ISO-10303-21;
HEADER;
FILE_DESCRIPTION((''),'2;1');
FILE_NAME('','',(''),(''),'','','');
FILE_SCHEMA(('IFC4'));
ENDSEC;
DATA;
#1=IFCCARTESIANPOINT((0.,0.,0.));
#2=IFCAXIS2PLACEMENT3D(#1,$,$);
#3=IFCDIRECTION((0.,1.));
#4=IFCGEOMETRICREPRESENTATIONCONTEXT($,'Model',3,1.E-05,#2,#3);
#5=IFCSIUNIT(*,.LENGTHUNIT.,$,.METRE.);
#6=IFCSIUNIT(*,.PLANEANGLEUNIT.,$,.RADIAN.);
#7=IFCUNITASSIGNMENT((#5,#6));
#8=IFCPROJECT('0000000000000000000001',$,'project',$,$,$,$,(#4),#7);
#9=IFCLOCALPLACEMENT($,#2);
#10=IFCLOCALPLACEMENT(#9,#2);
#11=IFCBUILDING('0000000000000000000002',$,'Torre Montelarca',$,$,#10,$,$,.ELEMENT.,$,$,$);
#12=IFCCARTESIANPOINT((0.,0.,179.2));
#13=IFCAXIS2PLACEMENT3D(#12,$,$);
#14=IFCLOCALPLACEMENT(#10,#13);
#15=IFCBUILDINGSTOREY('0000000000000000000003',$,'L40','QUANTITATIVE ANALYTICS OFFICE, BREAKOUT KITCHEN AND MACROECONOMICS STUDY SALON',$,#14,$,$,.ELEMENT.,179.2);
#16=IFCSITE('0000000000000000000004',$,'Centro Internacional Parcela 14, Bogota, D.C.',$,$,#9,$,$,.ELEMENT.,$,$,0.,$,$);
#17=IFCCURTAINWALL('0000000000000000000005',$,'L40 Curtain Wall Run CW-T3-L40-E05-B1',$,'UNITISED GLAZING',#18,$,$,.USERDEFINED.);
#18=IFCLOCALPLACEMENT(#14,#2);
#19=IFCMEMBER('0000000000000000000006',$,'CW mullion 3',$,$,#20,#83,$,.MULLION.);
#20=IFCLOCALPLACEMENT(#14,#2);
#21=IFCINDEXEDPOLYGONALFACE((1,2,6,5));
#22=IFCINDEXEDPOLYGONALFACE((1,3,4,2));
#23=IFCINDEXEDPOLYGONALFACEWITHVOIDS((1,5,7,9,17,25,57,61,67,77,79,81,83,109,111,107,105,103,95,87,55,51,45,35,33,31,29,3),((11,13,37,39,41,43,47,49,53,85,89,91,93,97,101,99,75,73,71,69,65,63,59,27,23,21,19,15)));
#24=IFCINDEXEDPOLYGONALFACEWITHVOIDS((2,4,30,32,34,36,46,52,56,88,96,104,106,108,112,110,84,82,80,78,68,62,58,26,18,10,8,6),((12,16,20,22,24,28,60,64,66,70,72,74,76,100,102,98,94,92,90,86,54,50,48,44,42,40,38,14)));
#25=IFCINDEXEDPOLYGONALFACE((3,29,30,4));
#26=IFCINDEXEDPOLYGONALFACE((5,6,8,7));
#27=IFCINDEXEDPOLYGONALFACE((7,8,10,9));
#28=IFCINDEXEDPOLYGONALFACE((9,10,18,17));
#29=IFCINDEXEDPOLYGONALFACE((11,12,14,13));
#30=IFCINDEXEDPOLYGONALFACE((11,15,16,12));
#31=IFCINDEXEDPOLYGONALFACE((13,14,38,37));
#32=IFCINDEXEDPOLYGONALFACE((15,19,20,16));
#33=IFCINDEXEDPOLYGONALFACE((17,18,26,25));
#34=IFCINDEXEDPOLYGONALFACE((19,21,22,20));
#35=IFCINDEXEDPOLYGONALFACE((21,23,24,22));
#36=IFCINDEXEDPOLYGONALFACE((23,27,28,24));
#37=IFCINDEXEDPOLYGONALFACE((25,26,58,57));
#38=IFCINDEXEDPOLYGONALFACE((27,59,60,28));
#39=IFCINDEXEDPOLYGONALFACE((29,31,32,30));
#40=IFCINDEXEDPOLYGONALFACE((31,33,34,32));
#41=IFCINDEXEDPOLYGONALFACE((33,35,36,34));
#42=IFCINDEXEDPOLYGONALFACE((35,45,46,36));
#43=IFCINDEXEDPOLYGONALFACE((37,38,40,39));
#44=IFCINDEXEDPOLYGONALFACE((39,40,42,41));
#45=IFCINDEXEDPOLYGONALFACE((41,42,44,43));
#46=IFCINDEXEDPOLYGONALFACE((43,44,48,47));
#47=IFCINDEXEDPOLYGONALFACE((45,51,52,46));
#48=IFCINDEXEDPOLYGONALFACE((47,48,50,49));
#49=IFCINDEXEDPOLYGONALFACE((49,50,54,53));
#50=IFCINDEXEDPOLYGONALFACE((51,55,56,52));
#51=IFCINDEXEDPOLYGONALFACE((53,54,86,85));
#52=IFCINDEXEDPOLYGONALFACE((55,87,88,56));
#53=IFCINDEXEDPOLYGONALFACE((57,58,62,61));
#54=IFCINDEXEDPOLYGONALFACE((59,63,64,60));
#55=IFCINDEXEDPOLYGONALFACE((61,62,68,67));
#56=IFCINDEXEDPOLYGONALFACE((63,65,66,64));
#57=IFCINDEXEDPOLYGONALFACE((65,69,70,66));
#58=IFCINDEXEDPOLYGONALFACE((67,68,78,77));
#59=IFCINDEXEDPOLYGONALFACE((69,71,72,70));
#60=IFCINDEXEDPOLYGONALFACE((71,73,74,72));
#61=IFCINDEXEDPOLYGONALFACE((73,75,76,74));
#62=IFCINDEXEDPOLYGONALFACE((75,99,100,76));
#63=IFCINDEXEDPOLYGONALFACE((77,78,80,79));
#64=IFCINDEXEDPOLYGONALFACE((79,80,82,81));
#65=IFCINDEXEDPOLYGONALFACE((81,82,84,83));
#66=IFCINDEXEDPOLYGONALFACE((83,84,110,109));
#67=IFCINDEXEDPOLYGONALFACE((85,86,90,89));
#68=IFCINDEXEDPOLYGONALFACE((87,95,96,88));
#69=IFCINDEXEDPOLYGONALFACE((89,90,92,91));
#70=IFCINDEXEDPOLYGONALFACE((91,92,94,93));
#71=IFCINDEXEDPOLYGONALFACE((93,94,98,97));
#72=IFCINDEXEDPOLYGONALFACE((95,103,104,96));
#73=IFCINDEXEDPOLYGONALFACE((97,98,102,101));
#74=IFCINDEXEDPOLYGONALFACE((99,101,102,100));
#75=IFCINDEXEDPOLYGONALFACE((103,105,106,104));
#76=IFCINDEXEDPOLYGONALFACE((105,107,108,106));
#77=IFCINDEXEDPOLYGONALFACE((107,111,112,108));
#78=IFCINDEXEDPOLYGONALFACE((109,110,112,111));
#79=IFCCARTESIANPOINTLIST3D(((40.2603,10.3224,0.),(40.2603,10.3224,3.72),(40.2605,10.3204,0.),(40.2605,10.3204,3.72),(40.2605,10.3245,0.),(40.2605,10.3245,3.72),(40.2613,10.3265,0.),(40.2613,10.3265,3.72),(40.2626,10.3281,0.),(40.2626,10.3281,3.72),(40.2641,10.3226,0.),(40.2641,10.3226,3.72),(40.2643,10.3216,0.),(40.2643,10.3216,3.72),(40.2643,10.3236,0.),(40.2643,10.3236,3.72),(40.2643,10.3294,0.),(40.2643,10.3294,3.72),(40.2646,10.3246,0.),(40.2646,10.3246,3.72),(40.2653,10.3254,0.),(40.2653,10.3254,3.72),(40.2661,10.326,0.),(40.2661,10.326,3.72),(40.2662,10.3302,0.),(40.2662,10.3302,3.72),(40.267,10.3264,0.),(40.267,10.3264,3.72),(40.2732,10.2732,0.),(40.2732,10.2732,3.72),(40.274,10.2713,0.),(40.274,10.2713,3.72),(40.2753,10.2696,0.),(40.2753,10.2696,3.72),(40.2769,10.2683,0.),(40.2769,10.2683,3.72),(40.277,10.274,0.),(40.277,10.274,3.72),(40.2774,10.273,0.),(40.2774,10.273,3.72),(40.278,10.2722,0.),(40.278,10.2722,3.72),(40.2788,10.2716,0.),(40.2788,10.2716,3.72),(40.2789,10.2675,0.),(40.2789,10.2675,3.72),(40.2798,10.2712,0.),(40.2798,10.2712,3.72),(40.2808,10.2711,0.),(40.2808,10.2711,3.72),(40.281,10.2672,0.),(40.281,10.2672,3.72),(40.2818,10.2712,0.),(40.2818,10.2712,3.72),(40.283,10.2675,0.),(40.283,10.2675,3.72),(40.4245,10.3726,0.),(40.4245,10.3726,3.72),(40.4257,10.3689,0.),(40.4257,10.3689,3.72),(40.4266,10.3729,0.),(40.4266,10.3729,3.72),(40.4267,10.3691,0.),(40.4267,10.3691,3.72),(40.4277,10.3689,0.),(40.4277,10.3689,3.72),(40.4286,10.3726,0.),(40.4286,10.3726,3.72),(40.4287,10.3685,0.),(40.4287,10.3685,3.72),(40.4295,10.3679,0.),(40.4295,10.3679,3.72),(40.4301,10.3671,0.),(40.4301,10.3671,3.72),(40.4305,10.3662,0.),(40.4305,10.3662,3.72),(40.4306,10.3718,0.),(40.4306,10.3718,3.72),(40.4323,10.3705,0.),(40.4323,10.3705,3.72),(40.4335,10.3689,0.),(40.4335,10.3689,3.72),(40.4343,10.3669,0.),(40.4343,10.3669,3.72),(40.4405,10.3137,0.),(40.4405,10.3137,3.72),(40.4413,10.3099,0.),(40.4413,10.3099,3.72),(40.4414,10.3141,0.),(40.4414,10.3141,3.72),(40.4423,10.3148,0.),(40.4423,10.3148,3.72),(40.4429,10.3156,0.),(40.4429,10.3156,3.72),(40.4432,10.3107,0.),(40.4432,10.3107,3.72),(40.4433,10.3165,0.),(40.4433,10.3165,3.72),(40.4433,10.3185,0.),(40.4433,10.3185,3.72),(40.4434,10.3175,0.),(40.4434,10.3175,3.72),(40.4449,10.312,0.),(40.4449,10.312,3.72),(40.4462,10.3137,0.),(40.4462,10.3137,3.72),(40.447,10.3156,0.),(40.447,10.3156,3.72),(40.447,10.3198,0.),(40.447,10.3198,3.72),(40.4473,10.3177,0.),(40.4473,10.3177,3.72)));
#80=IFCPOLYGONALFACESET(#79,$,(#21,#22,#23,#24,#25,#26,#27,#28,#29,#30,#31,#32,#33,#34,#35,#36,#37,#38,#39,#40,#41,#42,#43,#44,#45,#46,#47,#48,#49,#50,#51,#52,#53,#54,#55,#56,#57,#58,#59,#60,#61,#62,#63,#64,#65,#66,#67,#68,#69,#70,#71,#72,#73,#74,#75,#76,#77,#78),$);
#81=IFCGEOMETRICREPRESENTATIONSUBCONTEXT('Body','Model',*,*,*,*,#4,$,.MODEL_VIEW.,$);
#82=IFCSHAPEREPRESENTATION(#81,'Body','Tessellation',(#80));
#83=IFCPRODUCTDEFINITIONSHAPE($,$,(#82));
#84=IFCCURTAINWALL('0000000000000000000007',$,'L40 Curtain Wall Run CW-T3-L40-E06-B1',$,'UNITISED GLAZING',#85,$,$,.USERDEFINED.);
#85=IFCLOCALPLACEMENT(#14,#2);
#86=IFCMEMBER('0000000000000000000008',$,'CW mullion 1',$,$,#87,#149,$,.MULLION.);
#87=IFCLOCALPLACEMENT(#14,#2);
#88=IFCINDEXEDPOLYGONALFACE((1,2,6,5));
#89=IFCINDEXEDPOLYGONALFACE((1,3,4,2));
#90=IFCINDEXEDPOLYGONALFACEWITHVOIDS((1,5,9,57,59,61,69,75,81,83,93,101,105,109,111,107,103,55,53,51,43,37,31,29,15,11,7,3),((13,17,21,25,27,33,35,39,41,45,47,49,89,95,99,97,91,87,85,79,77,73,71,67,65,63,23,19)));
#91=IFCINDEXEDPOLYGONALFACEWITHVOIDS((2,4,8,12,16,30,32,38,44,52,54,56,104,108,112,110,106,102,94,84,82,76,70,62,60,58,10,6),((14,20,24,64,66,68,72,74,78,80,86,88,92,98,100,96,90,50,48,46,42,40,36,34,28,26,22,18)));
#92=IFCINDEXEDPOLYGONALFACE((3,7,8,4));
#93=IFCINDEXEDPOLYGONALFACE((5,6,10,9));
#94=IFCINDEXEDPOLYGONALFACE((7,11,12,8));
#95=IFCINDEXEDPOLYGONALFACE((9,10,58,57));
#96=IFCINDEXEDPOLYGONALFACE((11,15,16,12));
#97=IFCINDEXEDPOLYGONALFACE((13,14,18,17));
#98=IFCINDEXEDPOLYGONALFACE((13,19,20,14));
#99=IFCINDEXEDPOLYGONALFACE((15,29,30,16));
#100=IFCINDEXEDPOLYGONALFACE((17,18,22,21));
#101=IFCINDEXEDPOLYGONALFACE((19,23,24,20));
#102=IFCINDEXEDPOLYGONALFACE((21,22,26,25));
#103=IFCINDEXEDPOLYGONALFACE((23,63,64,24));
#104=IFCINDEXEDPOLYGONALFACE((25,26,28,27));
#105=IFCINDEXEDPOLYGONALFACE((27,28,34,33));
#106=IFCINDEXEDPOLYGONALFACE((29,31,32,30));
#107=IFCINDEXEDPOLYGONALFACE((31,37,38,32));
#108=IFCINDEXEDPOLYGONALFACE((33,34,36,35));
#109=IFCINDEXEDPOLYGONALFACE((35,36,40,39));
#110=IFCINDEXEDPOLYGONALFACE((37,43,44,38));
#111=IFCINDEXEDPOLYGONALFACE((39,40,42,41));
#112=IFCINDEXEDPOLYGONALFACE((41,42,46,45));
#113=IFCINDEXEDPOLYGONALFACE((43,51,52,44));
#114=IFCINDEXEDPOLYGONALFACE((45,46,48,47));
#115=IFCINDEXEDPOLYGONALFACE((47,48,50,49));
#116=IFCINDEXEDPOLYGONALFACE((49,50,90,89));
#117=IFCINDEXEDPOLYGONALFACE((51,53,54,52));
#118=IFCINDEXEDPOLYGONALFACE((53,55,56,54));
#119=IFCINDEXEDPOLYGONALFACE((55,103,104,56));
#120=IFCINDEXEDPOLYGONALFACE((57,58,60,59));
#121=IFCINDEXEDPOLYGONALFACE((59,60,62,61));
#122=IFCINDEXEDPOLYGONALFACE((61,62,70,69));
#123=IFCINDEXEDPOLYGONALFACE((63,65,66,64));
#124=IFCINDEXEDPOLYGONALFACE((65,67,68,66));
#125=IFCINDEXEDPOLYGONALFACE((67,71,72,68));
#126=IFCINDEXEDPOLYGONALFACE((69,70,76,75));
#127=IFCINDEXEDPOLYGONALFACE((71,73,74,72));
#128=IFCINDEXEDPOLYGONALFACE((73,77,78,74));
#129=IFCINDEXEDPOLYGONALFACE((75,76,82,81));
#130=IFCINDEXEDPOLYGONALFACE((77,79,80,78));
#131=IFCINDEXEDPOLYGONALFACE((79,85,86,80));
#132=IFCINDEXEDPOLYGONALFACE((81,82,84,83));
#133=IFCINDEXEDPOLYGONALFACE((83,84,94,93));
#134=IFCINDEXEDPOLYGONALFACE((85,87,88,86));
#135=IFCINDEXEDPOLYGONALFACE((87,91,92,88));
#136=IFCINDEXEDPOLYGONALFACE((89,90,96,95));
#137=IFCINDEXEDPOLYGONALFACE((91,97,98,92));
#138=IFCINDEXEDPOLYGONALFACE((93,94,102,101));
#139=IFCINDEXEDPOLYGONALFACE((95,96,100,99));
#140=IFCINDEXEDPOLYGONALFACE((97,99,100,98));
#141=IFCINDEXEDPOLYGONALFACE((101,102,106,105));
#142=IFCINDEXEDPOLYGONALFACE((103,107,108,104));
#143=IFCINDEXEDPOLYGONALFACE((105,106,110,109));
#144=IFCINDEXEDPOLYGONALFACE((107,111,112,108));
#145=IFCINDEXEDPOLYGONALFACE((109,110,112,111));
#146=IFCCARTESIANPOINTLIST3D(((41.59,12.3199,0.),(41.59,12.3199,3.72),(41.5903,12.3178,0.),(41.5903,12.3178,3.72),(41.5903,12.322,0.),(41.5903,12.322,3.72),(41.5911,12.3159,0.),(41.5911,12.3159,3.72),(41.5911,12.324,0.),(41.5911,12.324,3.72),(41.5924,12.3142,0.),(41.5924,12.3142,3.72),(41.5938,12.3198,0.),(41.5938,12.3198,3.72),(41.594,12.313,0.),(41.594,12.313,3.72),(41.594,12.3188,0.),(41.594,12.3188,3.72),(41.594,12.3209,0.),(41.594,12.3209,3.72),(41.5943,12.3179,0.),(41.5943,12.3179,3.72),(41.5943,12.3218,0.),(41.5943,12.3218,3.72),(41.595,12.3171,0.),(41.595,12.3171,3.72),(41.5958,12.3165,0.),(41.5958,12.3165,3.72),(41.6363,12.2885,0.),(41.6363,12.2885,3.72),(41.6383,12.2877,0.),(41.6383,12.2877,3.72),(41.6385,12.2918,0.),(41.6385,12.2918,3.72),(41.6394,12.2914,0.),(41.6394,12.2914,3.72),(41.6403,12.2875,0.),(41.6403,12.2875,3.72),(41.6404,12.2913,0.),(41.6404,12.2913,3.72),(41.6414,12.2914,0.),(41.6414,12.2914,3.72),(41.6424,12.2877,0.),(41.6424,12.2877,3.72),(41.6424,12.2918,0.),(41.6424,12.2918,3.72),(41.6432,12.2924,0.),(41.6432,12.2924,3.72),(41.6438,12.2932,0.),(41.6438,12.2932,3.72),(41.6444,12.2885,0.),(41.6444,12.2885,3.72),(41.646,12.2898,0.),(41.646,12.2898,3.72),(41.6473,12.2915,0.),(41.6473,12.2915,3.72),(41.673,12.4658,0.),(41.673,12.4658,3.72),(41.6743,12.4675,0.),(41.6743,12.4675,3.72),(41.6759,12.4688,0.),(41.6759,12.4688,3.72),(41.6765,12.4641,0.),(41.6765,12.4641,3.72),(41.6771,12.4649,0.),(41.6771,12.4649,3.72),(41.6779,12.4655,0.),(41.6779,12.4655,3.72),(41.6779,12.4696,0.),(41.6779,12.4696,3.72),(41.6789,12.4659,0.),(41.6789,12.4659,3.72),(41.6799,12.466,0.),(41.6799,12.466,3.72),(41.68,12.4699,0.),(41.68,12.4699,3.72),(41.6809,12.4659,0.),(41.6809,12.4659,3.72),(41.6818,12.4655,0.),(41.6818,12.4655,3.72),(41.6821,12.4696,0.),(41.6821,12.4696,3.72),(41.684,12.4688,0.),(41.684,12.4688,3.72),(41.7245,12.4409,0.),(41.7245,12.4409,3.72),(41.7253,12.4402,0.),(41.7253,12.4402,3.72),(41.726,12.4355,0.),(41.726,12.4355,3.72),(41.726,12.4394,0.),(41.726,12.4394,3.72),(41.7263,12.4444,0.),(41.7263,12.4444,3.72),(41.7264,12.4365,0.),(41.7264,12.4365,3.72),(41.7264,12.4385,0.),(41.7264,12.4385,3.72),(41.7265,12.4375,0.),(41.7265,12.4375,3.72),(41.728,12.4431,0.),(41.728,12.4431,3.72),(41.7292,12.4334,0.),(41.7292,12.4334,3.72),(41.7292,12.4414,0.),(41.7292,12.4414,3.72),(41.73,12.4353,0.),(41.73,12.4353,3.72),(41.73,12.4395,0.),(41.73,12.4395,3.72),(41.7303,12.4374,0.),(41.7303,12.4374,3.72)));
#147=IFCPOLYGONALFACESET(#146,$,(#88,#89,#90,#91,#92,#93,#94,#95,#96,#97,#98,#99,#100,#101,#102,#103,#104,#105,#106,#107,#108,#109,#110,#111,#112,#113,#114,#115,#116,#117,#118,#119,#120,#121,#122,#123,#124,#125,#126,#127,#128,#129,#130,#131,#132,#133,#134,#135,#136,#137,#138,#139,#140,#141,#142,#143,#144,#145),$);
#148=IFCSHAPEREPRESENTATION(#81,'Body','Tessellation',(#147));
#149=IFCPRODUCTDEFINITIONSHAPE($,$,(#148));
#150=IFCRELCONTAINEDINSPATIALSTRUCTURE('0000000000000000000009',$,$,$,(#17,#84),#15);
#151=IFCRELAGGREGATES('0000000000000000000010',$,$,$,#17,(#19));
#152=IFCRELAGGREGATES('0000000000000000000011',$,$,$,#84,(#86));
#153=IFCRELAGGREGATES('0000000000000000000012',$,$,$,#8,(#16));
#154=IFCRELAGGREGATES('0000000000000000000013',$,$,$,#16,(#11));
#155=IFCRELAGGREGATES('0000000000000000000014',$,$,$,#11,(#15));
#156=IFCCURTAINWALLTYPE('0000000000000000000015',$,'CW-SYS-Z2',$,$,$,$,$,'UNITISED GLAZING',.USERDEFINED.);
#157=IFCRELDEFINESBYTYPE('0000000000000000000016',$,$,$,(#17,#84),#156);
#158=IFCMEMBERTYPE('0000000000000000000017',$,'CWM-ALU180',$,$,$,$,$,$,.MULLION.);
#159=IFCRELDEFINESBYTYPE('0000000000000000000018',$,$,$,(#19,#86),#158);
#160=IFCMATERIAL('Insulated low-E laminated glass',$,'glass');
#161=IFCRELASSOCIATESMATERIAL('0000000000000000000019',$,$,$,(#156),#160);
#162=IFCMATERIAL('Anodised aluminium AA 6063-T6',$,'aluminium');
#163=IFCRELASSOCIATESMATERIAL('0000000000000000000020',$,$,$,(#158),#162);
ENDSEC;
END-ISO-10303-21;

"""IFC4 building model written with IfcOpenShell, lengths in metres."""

from ifc_helpers import new_model, si_unit, direction, frame, origin, origin_2d, place, context, subcontext, project, spatial, hollow_rectangle, extrude, source, transform, mapped, material, material_profile, profile_set, type_object, element, aggregate, save


model = new_model("IFC4")

# Units and contexts
model_context = context("Model", 3, precision=1e-05, world=origin(), true_north=direction((0.0, 1.0)))
body_context = subcontext(model_context, "Body", "Model", "MODEL_VIEW")
ifc_project = project(units=[si_unit("LENGTHUNIT", "METRE"), si_unit("PLANEANGLEUNIT", "RADIAN")], contexts=[model_context])

# Site, building, storey
site_placement = place(None, origin())
site = spatial("IfcSite", under=ifc_project, at=site_placement, Name="Centro Internacional Parcela 14, Bogota, D.C.", CompositionType="ELEMENT", RefElevation=0.0)
building_placement = place(site_placement, origin())
building = spatial("IfcBuilding", under=site, at=building_placement, Name="Torre Montelarca", CompositionType="ELEMENT")
storey_placement = place(building_placement, frame((0.0, 0.0, 179.2)))
storey = spatial("IfcBuildingStorey", under=building, at=storey_placement, Name="L40", Description="QUANTITATIVE ANALYTICS OFFICE, BREAKOUT KITCHEN AND MACROECONOMICS STUDY SALON", CompositionType="ELEMENT", Elevation=179.2)

# Curtain walls, members
ifc_material_1 = material(Name="Insulated low-E laminated glass", Category="glass")
curtain_wall_type = type_object("IfcCurtainWallType", Name="CW-SYS-Z2", ElementType="UNITISED GLAZING", PredefinedType="USERDEFINED", material=ifc_material_1)
curtain_wall_1_placement = place(storey_placement, origin())
curtain_wall_1 = element("IfcCurtainWall", 1, at=curtain_wall_1_placement, inside=storey, type_object=curtain_wall_type, Name="L40 Curtain Wall Run CW-T3-L40-E05-B1", ObjectType="UNITISED GLAZING", PredefinedType="USERDEFINED")
ifc_material_2 = material(Name="Anodised aluminium AA 6063-T6", Category="aluminium")
ifc_material_profile_1 = material_profile(ifc_material_2, hollow_rectangle(XDim=0.0649, YDim=0.1799, WallThickness=0.0039, InnerFilletRadius=0.0039, OuterFilletRadius=0.0081, at=origin_2d()), Name="ALU65X180X4", Category="aluminium")
ifc_profile_set_1 = profile_set([ifc_material_profile_1], Name="Anodised aluminium AA 6063-T6")
member_type_1 = type_object("IfcMemberType", Name="CWM-ALU180", PredefinedType="MULLION", material=ifc_profile_set_1)
shared_shape_1 = source(origin(), body_context, "Body", "SweptSolid", [
    extrude(hollow_rectangle(XDim=0.0649, YDim=0.1799, WallThickness=0.0039, InnerFilletRadius=0.0039, OuterFilletRadius=0.0081, at=origin_2d()), origin(), (0.0, 0.0, 1.0), 3.72),
])
member_1_placement = place(storey_placement, frame((40.3538, 10.3201, 0.0), z_axis=(0.0, 0.0, 1.0), x_axis=(-0.258829, 0.965923, 0.0)))
member_1 = element("IfcMember", 2, at=member_1_placement, type_object=member_type_1, Name="CW mullion 3", PredefinedType="MULLION", context=body_context, shape_type="MappedRepresentation", body=[
    mapped(shared_shape_1, transform((0.0, 0.0, 0.0), scale=1.0)),
])
curtain_wall_2_placement = place(storey_placement, origin())
curtain_wall_2 = element("IfcCurtainWall", 3, at=curtain_wall_2_placement, inside=storey, type_object=curtain_wall_type, Name="L40 Curtain Wall Run CW-T3-L40-E06-B1", ObjectType="UNITISED GLAZING", PredefinedType="USERDEFINED")
member_2_placement = place(storey_placement, frame((41.6602, 12.3787, 0.0), z_axis=(0.0, 0.0, 1.0), x_axis=(-0.866024, 0.500003, 0.0)))
member_2 = element("IfcMember", 4, at=member_2_placement, type_object=member_type_1, Name="CW mullion 1", PredefinedType="MULLION", context=body_context, shape_type="MappedRepresentation", body=[
    mapped(shared_shape_1, transform((0.0, 0.0, 0.0), scale=1.0)),
])

aggregate(curtain_wall_1, [member_1])
aggregate(curtain_wall_2, [member_2])

save(model, "model.ifc")
